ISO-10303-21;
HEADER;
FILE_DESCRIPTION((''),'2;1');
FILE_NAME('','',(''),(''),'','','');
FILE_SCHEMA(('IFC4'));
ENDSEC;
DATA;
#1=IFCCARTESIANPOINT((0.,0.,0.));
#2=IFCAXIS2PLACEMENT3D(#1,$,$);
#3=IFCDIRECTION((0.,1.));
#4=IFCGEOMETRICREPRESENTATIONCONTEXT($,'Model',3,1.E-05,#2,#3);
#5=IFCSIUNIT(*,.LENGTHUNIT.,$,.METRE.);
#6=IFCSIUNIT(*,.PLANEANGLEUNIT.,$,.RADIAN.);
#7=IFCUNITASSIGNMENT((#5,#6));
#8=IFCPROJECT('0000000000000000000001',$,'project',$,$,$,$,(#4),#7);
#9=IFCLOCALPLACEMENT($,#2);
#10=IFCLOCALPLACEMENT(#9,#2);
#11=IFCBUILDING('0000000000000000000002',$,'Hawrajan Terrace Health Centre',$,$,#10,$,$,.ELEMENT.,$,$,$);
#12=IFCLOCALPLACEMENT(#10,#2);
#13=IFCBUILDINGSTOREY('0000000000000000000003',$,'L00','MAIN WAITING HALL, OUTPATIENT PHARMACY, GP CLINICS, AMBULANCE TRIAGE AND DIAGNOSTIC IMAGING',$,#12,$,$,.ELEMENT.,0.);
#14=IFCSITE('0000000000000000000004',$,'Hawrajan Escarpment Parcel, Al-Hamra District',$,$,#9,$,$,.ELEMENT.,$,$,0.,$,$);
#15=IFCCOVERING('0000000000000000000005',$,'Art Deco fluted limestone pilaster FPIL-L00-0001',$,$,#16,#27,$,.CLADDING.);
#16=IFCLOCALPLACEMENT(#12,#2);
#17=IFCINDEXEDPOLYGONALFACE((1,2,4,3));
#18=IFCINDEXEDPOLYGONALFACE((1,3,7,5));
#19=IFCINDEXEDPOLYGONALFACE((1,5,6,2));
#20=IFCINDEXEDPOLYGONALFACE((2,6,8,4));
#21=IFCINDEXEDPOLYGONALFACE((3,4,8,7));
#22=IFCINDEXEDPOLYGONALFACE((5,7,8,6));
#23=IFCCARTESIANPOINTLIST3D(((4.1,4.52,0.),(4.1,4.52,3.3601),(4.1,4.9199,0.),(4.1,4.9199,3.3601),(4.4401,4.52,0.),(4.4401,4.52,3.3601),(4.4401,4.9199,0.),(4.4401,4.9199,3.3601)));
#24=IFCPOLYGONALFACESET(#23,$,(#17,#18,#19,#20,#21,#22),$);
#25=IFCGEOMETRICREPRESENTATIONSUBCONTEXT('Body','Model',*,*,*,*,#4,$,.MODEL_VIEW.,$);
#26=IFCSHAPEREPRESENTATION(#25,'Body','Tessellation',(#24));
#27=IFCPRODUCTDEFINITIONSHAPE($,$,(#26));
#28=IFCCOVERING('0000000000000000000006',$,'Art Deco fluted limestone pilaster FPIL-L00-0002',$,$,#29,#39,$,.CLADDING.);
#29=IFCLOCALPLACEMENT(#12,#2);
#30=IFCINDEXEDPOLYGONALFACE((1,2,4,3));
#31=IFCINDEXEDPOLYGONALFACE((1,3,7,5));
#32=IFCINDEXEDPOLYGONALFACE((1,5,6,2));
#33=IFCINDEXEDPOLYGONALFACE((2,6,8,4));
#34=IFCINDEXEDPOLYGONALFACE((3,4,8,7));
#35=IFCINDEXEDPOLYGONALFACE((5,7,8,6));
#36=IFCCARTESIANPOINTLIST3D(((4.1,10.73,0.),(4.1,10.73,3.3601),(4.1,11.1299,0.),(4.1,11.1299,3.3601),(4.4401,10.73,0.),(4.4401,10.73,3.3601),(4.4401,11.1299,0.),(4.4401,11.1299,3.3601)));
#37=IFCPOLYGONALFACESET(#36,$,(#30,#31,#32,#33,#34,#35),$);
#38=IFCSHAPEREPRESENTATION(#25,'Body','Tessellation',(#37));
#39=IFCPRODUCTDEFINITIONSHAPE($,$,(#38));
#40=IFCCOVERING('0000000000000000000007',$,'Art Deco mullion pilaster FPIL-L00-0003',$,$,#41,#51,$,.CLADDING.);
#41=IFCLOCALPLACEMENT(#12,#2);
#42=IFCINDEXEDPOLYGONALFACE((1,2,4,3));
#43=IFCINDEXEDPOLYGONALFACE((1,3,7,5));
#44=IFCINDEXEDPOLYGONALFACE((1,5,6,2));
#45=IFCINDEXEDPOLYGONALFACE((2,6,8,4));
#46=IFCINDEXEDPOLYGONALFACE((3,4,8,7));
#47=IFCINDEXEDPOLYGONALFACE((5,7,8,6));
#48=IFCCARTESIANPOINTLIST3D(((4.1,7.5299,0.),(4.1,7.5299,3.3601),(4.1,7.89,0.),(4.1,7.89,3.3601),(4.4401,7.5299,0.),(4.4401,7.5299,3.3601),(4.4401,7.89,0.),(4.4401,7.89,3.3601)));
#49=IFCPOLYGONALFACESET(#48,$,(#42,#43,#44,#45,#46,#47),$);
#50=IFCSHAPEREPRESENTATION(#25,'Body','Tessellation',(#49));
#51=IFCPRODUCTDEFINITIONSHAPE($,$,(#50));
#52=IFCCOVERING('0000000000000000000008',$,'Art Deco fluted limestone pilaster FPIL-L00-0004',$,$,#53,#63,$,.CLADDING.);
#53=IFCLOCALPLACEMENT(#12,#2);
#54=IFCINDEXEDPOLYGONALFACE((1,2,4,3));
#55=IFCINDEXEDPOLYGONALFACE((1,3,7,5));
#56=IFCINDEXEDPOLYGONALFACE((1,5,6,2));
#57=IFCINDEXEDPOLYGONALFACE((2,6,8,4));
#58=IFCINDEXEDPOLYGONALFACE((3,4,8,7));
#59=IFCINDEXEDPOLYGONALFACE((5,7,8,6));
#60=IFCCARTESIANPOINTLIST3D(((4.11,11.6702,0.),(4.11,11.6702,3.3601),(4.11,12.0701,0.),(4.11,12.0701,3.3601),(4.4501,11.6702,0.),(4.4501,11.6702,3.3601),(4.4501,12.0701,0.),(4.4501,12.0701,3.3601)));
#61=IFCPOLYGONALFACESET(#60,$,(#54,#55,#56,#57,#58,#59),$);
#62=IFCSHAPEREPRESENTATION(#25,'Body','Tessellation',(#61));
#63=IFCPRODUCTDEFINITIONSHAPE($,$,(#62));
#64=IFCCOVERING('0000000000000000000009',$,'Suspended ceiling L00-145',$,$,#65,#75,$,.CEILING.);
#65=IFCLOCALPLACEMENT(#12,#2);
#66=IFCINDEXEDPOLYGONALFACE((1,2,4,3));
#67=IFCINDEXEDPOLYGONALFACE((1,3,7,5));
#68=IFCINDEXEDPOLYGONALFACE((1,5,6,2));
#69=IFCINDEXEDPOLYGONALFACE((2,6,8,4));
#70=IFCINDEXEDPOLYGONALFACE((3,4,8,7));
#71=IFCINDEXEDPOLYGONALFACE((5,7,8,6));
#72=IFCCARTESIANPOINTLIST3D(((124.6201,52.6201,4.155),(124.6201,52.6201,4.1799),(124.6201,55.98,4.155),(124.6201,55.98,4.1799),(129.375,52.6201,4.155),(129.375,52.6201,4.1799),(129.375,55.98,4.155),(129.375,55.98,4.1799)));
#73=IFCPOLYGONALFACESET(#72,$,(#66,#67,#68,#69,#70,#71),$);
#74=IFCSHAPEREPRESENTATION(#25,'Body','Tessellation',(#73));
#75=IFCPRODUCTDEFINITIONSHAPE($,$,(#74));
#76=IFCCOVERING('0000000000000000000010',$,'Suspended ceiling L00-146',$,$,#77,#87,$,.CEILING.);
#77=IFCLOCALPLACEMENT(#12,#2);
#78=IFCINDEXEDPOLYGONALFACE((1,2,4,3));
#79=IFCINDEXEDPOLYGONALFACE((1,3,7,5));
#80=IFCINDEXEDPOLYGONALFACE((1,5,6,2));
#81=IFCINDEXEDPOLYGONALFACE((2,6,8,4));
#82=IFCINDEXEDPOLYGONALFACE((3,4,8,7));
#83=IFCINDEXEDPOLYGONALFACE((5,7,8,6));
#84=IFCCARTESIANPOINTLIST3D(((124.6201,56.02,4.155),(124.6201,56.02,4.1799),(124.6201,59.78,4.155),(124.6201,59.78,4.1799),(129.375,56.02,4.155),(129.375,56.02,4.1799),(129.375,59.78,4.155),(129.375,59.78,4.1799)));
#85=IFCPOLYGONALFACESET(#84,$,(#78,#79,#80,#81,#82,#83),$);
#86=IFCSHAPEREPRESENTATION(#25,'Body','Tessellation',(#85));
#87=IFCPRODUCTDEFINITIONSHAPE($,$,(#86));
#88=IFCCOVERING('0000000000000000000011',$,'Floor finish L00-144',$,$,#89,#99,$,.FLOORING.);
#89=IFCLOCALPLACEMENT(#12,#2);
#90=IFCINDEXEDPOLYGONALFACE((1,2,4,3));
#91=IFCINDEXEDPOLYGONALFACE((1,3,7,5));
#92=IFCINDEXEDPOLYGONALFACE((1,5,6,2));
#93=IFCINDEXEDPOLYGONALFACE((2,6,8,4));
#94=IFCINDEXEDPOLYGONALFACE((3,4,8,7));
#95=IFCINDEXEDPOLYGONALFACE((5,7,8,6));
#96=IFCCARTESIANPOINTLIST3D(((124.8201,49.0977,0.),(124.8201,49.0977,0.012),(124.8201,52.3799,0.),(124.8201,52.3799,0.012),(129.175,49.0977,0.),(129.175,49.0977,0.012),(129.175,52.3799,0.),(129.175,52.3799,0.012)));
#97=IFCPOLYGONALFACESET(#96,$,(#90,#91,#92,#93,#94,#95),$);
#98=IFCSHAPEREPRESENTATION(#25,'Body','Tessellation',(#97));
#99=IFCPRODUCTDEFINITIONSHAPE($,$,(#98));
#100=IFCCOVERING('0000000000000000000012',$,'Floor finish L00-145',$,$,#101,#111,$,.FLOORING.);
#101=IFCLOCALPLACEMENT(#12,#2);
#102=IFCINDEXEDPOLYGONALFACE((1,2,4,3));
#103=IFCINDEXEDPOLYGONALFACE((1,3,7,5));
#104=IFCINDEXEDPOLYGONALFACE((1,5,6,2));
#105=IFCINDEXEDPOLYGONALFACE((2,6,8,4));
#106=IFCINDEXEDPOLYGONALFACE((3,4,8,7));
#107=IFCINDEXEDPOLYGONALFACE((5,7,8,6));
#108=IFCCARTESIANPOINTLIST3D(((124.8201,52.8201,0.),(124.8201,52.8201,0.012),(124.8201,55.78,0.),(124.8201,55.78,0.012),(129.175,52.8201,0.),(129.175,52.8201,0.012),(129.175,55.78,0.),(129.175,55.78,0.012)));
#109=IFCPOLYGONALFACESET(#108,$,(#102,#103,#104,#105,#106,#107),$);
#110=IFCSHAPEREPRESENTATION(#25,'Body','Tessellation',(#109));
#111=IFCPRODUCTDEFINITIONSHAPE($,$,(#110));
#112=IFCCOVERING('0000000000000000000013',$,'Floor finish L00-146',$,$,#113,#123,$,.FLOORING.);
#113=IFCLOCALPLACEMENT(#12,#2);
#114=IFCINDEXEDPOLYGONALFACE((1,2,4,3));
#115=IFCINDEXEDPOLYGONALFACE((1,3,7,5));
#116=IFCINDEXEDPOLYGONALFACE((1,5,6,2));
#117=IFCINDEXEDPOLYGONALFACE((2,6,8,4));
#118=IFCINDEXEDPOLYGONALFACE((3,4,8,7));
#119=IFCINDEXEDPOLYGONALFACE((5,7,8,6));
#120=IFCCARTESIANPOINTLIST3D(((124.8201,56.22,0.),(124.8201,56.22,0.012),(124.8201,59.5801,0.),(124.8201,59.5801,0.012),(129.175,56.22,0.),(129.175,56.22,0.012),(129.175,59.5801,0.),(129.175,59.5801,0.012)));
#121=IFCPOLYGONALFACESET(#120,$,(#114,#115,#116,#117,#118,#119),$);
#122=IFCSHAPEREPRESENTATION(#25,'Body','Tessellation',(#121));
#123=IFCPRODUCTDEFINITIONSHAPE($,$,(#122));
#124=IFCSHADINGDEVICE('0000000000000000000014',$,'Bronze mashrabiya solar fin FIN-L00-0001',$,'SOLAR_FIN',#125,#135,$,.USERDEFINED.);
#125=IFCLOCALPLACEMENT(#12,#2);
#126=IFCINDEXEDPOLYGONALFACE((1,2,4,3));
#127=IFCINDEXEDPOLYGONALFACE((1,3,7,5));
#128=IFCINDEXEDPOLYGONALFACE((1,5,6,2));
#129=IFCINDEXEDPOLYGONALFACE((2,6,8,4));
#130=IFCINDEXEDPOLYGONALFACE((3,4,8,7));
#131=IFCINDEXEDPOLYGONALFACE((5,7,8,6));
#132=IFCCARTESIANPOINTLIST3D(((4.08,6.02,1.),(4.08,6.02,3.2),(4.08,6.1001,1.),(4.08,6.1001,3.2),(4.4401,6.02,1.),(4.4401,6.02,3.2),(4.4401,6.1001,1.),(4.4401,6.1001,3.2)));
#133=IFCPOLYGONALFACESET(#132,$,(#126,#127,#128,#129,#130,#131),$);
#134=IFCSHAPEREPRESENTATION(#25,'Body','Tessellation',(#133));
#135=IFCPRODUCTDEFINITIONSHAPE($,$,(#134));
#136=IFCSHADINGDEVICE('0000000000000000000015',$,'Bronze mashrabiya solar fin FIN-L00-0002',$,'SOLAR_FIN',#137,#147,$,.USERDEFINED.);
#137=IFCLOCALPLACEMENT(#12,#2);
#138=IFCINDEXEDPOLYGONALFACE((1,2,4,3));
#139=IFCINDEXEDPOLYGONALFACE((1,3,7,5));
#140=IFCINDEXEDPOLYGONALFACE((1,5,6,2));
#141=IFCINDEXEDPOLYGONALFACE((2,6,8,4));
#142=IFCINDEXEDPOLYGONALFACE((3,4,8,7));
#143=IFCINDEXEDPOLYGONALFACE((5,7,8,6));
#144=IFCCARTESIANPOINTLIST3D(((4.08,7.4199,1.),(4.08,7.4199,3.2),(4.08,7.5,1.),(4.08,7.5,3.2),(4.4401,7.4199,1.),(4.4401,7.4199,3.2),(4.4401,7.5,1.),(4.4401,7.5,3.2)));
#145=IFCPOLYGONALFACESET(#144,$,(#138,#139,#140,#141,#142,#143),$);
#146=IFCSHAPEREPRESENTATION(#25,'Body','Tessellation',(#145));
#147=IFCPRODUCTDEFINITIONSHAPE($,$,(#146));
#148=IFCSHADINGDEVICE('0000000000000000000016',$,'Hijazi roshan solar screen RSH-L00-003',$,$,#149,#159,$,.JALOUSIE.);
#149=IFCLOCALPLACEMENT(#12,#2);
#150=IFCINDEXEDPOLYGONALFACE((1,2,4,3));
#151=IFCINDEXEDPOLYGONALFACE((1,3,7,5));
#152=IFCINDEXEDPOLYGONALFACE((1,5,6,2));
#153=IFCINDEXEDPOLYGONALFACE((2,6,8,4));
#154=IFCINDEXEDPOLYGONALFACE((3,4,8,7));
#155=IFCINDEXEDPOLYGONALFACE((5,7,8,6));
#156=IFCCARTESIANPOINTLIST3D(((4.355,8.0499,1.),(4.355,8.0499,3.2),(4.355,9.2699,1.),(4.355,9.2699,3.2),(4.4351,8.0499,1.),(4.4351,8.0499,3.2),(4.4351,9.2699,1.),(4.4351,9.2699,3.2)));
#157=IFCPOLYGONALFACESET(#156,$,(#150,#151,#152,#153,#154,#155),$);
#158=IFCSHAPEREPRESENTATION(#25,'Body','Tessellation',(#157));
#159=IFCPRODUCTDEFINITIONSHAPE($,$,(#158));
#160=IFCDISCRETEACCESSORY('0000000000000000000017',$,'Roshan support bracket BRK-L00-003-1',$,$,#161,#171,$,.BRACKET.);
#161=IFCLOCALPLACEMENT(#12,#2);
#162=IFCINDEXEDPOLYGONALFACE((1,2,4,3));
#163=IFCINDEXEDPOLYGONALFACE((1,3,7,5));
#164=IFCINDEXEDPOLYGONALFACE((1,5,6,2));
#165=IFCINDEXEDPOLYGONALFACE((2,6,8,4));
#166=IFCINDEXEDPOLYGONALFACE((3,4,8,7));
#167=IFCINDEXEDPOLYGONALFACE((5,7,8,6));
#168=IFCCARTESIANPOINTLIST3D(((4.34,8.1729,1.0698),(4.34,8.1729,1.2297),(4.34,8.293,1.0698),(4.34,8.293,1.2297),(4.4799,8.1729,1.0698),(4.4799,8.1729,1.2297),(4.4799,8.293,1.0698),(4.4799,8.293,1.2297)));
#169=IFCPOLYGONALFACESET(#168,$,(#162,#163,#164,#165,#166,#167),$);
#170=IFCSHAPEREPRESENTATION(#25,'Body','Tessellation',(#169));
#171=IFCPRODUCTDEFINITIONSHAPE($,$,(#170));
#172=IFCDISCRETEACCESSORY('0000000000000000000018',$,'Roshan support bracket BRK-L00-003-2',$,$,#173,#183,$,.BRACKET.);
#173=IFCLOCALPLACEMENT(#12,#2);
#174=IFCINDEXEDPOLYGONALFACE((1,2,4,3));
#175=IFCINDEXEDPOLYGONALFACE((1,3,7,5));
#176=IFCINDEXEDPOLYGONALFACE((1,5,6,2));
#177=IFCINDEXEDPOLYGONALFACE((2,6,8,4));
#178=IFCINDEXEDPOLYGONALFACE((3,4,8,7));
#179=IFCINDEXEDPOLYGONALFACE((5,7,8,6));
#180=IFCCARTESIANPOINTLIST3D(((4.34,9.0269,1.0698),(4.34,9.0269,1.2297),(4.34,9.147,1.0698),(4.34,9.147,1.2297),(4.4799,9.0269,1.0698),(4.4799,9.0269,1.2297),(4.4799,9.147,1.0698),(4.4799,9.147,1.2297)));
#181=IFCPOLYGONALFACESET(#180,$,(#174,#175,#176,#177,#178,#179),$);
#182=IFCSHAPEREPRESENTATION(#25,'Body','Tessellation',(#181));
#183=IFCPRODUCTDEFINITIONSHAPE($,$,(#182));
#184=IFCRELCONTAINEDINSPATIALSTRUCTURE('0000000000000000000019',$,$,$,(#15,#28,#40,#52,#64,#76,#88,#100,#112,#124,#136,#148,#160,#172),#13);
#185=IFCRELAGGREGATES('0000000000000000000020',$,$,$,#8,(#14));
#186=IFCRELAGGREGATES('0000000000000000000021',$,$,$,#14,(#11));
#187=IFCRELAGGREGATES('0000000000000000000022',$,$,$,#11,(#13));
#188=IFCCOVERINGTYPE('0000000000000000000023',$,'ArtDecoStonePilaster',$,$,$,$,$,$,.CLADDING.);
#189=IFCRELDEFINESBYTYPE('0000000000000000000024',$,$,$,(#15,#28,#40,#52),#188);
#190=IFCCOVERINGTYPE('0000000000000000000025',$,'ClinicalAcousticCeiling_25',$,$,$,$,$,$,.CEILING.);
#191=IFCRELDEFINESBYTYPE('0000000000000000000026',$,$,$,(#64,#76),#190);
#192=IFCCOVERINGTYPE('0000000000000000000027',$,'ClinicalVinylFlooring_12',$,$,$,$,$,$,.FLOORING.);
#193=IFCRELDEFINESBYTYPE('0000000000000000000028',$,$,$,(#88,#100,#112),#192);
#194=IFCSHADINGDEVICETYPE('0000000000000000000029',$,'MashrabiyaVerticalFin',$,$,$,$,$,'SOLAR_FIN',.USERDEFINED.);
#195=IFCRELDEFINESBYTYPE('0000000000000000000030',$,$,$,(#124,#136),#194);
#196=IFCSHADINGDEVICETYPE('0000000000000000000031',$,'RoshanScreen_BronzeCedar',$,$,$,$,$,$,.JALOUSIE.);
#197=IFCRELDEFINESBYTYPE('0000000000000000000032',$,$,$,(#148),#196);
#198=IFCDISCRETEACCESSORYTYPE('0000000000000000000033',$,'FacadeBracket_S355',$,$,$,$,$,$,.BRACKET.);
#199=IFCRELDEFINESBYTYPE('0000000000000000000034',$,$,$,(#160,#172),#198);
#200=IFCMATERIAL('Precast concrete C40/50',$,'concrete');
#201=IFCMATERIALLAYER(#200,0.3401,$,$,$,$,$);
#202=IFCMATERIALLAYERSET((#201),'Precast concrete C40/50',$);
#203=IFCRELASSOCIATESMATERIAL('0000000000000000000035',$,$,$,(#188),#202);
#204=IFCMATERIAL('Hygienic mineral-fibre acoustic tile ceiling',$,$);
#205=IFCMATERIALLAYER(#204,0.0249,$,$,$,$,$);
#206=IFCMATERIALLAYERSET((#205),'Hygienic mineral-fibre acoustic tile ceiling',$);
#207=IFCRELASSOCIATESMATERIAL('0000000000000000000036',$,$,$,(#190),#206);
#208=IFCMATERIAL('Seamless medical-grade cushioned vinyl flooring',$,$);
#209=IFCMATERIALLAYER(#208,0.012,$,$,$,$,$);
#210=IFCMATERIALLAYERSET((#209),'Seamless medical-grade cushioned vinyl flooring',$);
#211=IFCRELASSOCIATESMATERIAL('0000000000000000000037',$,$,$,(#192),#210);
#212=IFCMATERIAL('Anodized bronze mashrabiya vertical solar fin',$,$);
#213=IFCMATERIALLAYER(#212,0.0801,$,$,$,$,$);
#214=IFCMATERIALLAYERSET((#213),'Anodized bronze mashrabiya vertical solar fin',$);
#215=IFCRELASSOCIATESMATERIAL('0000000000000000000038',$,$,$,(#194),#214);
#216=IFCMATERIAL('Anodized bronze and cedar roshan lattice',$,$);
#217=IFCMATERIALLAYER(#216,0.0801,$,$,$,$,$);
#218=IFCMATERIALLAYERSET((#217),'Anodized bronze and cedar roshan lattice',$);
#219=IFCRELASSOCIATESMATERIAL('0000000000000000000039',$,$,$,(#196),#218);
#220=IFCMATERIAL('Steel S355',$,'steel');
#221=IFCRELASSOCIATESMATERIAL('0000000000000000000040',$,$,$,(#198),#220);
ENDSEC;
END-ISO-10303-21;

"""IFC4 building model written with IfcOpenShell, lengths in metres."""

from ifc_helpers import new_model, si_unit, direction, frame, origin, origin_2d, place, context, subcontext, project, spatial, polyline, rectangle, outline, extrude, material, layer, layer_set, type_object, element, save


model = new_model("IFC4")

# Units and contexts
model_context = context("Model", 3, precision=1e-05, world=origin(), true_north=direction((0.0, 1.0)))
body_context = subcontext(model_context, "Body", "Model", "MODEL_VIEW")
ifc_project = project(units=[si_unit("LENGTHUNIT", "METRE"), si_unit("PLANEANGLEUNIT", "RADIAN")], contexts=[model_context])

# Site, building, storey
site_placement = place(None, origin())
site = spatial("IfcSite", under=ifc_project, at=site_placement, Name="Hawrajan Escarpment Parcel, Al-Hamra District", CompositionType="ELEMENT", RefElevation=0.0)
building_placement = place(site_placement, origin())
building = spatial("IfcBuilding", under=site, at=building_placement, Name="Hawrajan Terrace Health Centre", CompositionType="ELEMENT")
storey_placement = place(building_placement, origin())
storey = spatial("IfcBuildingStorey", under=building, at=storey_placement, Name="L00", Description="MAIN WAITING HALL, OUTPATIENT PHARMACY, GP CLINICS, AMBULANCE TRIAGE AND DIAGNOSTIC IMAGING", CompositionType="ELEMENT", Elevation=0.0)

# Shared definitions
ifc_material_1 = material(Name="Precast concrete C40/50", Category="concrete")

# Coverings
ifc_layer_1 = layer(ifc_material_1, 0.3401)
ifc_layer_set_1 = layer_set([ifc_layer_1], Name="Precast concrete C40/50")
covering_type_1 = type_object("IfcCoveringType", Name="ArtDecoStonePilaster", PredefinedType="CLADDING", material=ifc_layer_set_1)
for number, where, z_axis, x_axis, name in (
    (1, (4.27, 4.72, 0.0), (0.0, 0.0, 1.0), (0.0, 1.0, 0.0), "Art Deco fluted limestone pilaster FPIL-L00-0001"),
    (2, (4.27, 10.9299, 0.0), (0.0, 0.0, 1.0), (0.0, 1.0, 0.0), "Art Deco fluted limestone pilaster FPIL-L00-0002"),
):
    element("IfcCovering", number, at=place(storey_placement, frame(where, z_axis=z_axis, x_axis=x_axis)), inside=storey, type_object=covering_type_1, Name=name, PredefinedType="CLADDING", context=body_context, shape_type="SweptSolid", body=[
        extrude(rectangle(XDim=0.3999, YDim=0.3401, at=origin_2d()), origin(), (0.0, 0.0, 1.0), 3.3601),
    ])
covering_1_placement = place(storey_placement, frame((4.27, 7.71, 0.0), z_axis=(0.0, 0.0, 1.0), x_axis=(0.0, 1.0, 0.0)))
element("IfcCovering", 3, at=covering_1_placement, inside=storey, type_object=covering_type_1, Name="Art Deco mullion pilaster FPIL-L00-0003", PredefinedType="CLADDING", context=body_context, shape_type="SweptSolid", body=[
    extrude(rectangle(XDim=0.3601, YDim=0.3401, at=origin_2d()), origin(), (0.0, 0.0, 1.0), 3.3601),
])
covering_2_placement = place(storey_placement, frame((4.28, 11.8701, 0.0), z_axis=(0.0, 0.0, 1.0), x_axis=(0.0, 1.0, 0.0)))
element("IfcCovering", 4, at=covering_2_placement, inside=storey, type_object=covering_type_1, Name="Art Deco fluted limestone pilaster FPIL-L00-0004", PredefinedType="CLADDING", context=body_context, shape_type="SweptSolid", body=[
    extrude(rectangle(XDim=0.3999, YDim=0.3401, at=origin_2d()), origin(), (0.0, 0.0, 1.0), 3.3601),
])
ifc_material_2 = material(Name="Hygienic mineral-fibre acoustic tile ceiling")
ifc_layer_2 = layer(ifc_material_2, 0.0249)
ifc_layer_set_2 = layer_set([ifc_layer_2], Name="Hygienic mineral-fibre acoustic tile ceiling")
covering_type_2 = type_object("IfcCoveringType", Name="ClinicalAcousticCeiling_25", PredefinedType="CEILING", material=ifc_layer_set_2)
covering_3_placement = place(storey_placement, frame((0.0, 0.0, 4.155)))
element("IfcCovering", 5, at=covering_3_placement, inside=storey, type_object=covering_type_2, Name="Suspended ceiling L00-145", PredefinedType="CEILING", context=body_context, shape_type="SweptSolid", body=[
    extrude(outline(polyline([(124.6201, 55.98), (129.375, 55.98), (129.375, 52.6201), (124.6201, 52.6201), (124.6201, 55.98)])), origin(), (0.0, 0.0, 1.0), 0.0249),
])
covering_4_placement = place(storey_placement, frame((0.0, 0.0, 4.155)))
element("IfcCovering", 6, at=covering_4_placement, inside=storey, type_object=covering_type_2, Name="Suspended ceiling L00-146", PredefinedType="CEILING", context=body_context, shape_type="SweptSolid", body=[
    extrude(outline(polyline([(124.6201, 59.78), (129.375, 59.78), (129.375, 56.02), (124.6201, 56.02), (124.6201, 59.78)])), origin(), (0.0, 0.0, 1.0), 0.0249),
])
ifc_material_3 = material(Name="Seamless medical-grade cushioned vinyl flooring")
ifc_layer_3 = layer(ifc_material_3, 0.012)
ifc_layer_set_3 = layer_set([ifc_layer_3], Name="Seamless medical-grade cushioned vinyl flooring")
covering_type_3 = type_object("IfcCoveringType", Name="ClinicalVinylFlooring_12", PredefinedType="FLOORING", material=ifc_layer_set_3)
covering_5_placement = place(storey_placement, origin())
element("IfcCovering", 7, at=covering_5_placement, inside=storey, type_object=covering_type_3, Name="Floor finish L00-144", PredefinedType="FLOORING", context=body_context, shape_type="SweptSolid", body=[
    extrude(outline(polyline([(124.8201, 52.3799), (129.175, 52.3799), (129.175, 49.0977), (124.8201, 49.0977), (124.8201, 52.3799)])), origin(), (0.0, 0.0, 1.0), 0.012),
])
covering_6_placement = place(storey_placement, origin())
element("IfcCovering", 8, at=covering_6_placement, inside=storey, type_object=covering_type_3, Name="Floor finish L00-145", PredefinedType="FLOORING", context=body_context, shape_type="SweptSolid", body=[
    extrude(outline(polyline([(124.8201, 55.78), (129.175, 55.78), (129.175, 52.8201), (124.8201, 52.8201), (124.8201, 55.78)])), origin(), (0.0, 0.0, 1.0), 0.012),
])
covering_7_placement = place(storey_placement, origin())
element("IfcCovering", 9, at=covering_7_placement, inside=storey, type_object=covering_type_3, Name="Floor finish L00-146", PredefinedType="FLOORING", context=body_context, shape_type="SweptSolid", body=[
    extrude(outline(polyline([(124.8201, 59.5801), (129.175, 59.5801), (129.175, 56.22), (124.8201, 56.22), (124.8201, 59.5801)])), origin(), (0.0, 0.0, 1.0), 0.012),
])

# Shading devices
ifc_material_4 = material(Name="Anodized bronze mashrabiya vertical solar fin")
ifc_layer_4 = layer(ifc_material_4, 0.0801)
ifc_layer_set_4 = layer_set([ifc_layer_4], Name="Anodized bronze mashrabiya vertical solar fin")
shading_device_type_1 = type_object("IfcShadingDeviceType", Name="MashrabiyaVerticalFin", ElementType="SOLAR_FIN", PredefinedType="USERDEFINED", material=ifc_layer_set_4)
for number, where, z_axis, x_axis, name in (
    (10, (4.26, 6.0601, 1.0), (0.0, 0.0, 1.0), (0.0, 1.0, 0.0), "Bronze mashrabiya solar fin FIN-L00-0001"),
    (11, (4.26, 7.46, 1.0), (0.0, 0.0, 1.0), (0.0, 1.0, 0.0), "Bronze mashrabiya solar fin FIN-L00-0002"),
):
    element("IfcShadingDevice", number, at=place(storey_placement, frame(where, z_axis=z_axis, x_axis=x_axis)), inside=storey, type_object=shading_device_type_1, Name=name, ObjectType="SOLAR_FIN", PredefinedType="USERDEFINED", context=body_context, shape_type="SweptSolid", body=[
        extrude(rectangle(XDim=0.0801, YDim=0.3601, at=origin_2d()), origin(), (0.0, 0.0, 1.0), 2.2),
    ])
ifc_material_5 = material(Name="Anodized bronze and cedar roshan lattice")
ifc_layer_5 = layer(ifc_material_5, 0.0801)
ifc_layer_set_5 = layer_set([ifc_layer_5], Name="Anodized bronze and cedar roshan lattice")
shading_device_type_2 = type_object("IfcShadingDeviceType", Name="RoshanScreen_BronzeCedar", PredefinedType="JALOUSIE", material=ifc_layer_set_5)
shading_device_placement = place(storey_placement, frame((4.395, 8.6599, 1.0), z_axis=(0.0, 0.0, 1.0), x_axis=(0.0, 1.0, 0.0)))
element("IfcShadingDevice", 12, at=shading_device_placement, inside=storey, type_object=shading_device_type_2, Name="Hijazi roshan solar screen RSH-L00-003", PredefinedType="JALOUSIE", context=body_context, shape_type="SweptSolid", body=[
    extrude(rectangle(XDim=1.22, YDim=0.0801, at=origin_2d()), origin(), (0.0, 0.0, 1.0), 2.2),
])

# Discrete accessories
ifc_material_6 = material(Name="Steel S355", Category="steel")
discrete_accessory_type = type_object("IfcDiscreteAccessoryType", Name="FacadeBracket_S355", PredefinedType="BRACKET", material=ifc_material_6)
for number, where, z_axis, x_axis, name in (
    (13, (4.4099, 8.2329, 1.0698), (0.0, 0.0, 1.0), (0.0, 1.0, 0.0), "Roshan support bracket BRK-L00-003-1"),
    (14, (4.4099, 9.0869, 1.0698), (0.0, 0.0, 1.0), (0.0, 1.0, 0.0), "Roshan support bracket BRK-L00-003-2"),
):
    element("IfcDiscreteAccessory", number, at=place(storey_placement, frame(where, z_axis=z_axis, x_axis=x_axis)), inside=storey, type_object=discrete_accessory_type, Name=name, PredefinedType="BRACKET", context=body_context, shape_type="SweptSolid", body=[
        extrude(rectangle(XDim=0.1201, YDim=0.1399, at=origin_2d()), origin(), (0.0, 0.0, 1.0), 0.1599),
    ])

save(model, "model.ifc")
